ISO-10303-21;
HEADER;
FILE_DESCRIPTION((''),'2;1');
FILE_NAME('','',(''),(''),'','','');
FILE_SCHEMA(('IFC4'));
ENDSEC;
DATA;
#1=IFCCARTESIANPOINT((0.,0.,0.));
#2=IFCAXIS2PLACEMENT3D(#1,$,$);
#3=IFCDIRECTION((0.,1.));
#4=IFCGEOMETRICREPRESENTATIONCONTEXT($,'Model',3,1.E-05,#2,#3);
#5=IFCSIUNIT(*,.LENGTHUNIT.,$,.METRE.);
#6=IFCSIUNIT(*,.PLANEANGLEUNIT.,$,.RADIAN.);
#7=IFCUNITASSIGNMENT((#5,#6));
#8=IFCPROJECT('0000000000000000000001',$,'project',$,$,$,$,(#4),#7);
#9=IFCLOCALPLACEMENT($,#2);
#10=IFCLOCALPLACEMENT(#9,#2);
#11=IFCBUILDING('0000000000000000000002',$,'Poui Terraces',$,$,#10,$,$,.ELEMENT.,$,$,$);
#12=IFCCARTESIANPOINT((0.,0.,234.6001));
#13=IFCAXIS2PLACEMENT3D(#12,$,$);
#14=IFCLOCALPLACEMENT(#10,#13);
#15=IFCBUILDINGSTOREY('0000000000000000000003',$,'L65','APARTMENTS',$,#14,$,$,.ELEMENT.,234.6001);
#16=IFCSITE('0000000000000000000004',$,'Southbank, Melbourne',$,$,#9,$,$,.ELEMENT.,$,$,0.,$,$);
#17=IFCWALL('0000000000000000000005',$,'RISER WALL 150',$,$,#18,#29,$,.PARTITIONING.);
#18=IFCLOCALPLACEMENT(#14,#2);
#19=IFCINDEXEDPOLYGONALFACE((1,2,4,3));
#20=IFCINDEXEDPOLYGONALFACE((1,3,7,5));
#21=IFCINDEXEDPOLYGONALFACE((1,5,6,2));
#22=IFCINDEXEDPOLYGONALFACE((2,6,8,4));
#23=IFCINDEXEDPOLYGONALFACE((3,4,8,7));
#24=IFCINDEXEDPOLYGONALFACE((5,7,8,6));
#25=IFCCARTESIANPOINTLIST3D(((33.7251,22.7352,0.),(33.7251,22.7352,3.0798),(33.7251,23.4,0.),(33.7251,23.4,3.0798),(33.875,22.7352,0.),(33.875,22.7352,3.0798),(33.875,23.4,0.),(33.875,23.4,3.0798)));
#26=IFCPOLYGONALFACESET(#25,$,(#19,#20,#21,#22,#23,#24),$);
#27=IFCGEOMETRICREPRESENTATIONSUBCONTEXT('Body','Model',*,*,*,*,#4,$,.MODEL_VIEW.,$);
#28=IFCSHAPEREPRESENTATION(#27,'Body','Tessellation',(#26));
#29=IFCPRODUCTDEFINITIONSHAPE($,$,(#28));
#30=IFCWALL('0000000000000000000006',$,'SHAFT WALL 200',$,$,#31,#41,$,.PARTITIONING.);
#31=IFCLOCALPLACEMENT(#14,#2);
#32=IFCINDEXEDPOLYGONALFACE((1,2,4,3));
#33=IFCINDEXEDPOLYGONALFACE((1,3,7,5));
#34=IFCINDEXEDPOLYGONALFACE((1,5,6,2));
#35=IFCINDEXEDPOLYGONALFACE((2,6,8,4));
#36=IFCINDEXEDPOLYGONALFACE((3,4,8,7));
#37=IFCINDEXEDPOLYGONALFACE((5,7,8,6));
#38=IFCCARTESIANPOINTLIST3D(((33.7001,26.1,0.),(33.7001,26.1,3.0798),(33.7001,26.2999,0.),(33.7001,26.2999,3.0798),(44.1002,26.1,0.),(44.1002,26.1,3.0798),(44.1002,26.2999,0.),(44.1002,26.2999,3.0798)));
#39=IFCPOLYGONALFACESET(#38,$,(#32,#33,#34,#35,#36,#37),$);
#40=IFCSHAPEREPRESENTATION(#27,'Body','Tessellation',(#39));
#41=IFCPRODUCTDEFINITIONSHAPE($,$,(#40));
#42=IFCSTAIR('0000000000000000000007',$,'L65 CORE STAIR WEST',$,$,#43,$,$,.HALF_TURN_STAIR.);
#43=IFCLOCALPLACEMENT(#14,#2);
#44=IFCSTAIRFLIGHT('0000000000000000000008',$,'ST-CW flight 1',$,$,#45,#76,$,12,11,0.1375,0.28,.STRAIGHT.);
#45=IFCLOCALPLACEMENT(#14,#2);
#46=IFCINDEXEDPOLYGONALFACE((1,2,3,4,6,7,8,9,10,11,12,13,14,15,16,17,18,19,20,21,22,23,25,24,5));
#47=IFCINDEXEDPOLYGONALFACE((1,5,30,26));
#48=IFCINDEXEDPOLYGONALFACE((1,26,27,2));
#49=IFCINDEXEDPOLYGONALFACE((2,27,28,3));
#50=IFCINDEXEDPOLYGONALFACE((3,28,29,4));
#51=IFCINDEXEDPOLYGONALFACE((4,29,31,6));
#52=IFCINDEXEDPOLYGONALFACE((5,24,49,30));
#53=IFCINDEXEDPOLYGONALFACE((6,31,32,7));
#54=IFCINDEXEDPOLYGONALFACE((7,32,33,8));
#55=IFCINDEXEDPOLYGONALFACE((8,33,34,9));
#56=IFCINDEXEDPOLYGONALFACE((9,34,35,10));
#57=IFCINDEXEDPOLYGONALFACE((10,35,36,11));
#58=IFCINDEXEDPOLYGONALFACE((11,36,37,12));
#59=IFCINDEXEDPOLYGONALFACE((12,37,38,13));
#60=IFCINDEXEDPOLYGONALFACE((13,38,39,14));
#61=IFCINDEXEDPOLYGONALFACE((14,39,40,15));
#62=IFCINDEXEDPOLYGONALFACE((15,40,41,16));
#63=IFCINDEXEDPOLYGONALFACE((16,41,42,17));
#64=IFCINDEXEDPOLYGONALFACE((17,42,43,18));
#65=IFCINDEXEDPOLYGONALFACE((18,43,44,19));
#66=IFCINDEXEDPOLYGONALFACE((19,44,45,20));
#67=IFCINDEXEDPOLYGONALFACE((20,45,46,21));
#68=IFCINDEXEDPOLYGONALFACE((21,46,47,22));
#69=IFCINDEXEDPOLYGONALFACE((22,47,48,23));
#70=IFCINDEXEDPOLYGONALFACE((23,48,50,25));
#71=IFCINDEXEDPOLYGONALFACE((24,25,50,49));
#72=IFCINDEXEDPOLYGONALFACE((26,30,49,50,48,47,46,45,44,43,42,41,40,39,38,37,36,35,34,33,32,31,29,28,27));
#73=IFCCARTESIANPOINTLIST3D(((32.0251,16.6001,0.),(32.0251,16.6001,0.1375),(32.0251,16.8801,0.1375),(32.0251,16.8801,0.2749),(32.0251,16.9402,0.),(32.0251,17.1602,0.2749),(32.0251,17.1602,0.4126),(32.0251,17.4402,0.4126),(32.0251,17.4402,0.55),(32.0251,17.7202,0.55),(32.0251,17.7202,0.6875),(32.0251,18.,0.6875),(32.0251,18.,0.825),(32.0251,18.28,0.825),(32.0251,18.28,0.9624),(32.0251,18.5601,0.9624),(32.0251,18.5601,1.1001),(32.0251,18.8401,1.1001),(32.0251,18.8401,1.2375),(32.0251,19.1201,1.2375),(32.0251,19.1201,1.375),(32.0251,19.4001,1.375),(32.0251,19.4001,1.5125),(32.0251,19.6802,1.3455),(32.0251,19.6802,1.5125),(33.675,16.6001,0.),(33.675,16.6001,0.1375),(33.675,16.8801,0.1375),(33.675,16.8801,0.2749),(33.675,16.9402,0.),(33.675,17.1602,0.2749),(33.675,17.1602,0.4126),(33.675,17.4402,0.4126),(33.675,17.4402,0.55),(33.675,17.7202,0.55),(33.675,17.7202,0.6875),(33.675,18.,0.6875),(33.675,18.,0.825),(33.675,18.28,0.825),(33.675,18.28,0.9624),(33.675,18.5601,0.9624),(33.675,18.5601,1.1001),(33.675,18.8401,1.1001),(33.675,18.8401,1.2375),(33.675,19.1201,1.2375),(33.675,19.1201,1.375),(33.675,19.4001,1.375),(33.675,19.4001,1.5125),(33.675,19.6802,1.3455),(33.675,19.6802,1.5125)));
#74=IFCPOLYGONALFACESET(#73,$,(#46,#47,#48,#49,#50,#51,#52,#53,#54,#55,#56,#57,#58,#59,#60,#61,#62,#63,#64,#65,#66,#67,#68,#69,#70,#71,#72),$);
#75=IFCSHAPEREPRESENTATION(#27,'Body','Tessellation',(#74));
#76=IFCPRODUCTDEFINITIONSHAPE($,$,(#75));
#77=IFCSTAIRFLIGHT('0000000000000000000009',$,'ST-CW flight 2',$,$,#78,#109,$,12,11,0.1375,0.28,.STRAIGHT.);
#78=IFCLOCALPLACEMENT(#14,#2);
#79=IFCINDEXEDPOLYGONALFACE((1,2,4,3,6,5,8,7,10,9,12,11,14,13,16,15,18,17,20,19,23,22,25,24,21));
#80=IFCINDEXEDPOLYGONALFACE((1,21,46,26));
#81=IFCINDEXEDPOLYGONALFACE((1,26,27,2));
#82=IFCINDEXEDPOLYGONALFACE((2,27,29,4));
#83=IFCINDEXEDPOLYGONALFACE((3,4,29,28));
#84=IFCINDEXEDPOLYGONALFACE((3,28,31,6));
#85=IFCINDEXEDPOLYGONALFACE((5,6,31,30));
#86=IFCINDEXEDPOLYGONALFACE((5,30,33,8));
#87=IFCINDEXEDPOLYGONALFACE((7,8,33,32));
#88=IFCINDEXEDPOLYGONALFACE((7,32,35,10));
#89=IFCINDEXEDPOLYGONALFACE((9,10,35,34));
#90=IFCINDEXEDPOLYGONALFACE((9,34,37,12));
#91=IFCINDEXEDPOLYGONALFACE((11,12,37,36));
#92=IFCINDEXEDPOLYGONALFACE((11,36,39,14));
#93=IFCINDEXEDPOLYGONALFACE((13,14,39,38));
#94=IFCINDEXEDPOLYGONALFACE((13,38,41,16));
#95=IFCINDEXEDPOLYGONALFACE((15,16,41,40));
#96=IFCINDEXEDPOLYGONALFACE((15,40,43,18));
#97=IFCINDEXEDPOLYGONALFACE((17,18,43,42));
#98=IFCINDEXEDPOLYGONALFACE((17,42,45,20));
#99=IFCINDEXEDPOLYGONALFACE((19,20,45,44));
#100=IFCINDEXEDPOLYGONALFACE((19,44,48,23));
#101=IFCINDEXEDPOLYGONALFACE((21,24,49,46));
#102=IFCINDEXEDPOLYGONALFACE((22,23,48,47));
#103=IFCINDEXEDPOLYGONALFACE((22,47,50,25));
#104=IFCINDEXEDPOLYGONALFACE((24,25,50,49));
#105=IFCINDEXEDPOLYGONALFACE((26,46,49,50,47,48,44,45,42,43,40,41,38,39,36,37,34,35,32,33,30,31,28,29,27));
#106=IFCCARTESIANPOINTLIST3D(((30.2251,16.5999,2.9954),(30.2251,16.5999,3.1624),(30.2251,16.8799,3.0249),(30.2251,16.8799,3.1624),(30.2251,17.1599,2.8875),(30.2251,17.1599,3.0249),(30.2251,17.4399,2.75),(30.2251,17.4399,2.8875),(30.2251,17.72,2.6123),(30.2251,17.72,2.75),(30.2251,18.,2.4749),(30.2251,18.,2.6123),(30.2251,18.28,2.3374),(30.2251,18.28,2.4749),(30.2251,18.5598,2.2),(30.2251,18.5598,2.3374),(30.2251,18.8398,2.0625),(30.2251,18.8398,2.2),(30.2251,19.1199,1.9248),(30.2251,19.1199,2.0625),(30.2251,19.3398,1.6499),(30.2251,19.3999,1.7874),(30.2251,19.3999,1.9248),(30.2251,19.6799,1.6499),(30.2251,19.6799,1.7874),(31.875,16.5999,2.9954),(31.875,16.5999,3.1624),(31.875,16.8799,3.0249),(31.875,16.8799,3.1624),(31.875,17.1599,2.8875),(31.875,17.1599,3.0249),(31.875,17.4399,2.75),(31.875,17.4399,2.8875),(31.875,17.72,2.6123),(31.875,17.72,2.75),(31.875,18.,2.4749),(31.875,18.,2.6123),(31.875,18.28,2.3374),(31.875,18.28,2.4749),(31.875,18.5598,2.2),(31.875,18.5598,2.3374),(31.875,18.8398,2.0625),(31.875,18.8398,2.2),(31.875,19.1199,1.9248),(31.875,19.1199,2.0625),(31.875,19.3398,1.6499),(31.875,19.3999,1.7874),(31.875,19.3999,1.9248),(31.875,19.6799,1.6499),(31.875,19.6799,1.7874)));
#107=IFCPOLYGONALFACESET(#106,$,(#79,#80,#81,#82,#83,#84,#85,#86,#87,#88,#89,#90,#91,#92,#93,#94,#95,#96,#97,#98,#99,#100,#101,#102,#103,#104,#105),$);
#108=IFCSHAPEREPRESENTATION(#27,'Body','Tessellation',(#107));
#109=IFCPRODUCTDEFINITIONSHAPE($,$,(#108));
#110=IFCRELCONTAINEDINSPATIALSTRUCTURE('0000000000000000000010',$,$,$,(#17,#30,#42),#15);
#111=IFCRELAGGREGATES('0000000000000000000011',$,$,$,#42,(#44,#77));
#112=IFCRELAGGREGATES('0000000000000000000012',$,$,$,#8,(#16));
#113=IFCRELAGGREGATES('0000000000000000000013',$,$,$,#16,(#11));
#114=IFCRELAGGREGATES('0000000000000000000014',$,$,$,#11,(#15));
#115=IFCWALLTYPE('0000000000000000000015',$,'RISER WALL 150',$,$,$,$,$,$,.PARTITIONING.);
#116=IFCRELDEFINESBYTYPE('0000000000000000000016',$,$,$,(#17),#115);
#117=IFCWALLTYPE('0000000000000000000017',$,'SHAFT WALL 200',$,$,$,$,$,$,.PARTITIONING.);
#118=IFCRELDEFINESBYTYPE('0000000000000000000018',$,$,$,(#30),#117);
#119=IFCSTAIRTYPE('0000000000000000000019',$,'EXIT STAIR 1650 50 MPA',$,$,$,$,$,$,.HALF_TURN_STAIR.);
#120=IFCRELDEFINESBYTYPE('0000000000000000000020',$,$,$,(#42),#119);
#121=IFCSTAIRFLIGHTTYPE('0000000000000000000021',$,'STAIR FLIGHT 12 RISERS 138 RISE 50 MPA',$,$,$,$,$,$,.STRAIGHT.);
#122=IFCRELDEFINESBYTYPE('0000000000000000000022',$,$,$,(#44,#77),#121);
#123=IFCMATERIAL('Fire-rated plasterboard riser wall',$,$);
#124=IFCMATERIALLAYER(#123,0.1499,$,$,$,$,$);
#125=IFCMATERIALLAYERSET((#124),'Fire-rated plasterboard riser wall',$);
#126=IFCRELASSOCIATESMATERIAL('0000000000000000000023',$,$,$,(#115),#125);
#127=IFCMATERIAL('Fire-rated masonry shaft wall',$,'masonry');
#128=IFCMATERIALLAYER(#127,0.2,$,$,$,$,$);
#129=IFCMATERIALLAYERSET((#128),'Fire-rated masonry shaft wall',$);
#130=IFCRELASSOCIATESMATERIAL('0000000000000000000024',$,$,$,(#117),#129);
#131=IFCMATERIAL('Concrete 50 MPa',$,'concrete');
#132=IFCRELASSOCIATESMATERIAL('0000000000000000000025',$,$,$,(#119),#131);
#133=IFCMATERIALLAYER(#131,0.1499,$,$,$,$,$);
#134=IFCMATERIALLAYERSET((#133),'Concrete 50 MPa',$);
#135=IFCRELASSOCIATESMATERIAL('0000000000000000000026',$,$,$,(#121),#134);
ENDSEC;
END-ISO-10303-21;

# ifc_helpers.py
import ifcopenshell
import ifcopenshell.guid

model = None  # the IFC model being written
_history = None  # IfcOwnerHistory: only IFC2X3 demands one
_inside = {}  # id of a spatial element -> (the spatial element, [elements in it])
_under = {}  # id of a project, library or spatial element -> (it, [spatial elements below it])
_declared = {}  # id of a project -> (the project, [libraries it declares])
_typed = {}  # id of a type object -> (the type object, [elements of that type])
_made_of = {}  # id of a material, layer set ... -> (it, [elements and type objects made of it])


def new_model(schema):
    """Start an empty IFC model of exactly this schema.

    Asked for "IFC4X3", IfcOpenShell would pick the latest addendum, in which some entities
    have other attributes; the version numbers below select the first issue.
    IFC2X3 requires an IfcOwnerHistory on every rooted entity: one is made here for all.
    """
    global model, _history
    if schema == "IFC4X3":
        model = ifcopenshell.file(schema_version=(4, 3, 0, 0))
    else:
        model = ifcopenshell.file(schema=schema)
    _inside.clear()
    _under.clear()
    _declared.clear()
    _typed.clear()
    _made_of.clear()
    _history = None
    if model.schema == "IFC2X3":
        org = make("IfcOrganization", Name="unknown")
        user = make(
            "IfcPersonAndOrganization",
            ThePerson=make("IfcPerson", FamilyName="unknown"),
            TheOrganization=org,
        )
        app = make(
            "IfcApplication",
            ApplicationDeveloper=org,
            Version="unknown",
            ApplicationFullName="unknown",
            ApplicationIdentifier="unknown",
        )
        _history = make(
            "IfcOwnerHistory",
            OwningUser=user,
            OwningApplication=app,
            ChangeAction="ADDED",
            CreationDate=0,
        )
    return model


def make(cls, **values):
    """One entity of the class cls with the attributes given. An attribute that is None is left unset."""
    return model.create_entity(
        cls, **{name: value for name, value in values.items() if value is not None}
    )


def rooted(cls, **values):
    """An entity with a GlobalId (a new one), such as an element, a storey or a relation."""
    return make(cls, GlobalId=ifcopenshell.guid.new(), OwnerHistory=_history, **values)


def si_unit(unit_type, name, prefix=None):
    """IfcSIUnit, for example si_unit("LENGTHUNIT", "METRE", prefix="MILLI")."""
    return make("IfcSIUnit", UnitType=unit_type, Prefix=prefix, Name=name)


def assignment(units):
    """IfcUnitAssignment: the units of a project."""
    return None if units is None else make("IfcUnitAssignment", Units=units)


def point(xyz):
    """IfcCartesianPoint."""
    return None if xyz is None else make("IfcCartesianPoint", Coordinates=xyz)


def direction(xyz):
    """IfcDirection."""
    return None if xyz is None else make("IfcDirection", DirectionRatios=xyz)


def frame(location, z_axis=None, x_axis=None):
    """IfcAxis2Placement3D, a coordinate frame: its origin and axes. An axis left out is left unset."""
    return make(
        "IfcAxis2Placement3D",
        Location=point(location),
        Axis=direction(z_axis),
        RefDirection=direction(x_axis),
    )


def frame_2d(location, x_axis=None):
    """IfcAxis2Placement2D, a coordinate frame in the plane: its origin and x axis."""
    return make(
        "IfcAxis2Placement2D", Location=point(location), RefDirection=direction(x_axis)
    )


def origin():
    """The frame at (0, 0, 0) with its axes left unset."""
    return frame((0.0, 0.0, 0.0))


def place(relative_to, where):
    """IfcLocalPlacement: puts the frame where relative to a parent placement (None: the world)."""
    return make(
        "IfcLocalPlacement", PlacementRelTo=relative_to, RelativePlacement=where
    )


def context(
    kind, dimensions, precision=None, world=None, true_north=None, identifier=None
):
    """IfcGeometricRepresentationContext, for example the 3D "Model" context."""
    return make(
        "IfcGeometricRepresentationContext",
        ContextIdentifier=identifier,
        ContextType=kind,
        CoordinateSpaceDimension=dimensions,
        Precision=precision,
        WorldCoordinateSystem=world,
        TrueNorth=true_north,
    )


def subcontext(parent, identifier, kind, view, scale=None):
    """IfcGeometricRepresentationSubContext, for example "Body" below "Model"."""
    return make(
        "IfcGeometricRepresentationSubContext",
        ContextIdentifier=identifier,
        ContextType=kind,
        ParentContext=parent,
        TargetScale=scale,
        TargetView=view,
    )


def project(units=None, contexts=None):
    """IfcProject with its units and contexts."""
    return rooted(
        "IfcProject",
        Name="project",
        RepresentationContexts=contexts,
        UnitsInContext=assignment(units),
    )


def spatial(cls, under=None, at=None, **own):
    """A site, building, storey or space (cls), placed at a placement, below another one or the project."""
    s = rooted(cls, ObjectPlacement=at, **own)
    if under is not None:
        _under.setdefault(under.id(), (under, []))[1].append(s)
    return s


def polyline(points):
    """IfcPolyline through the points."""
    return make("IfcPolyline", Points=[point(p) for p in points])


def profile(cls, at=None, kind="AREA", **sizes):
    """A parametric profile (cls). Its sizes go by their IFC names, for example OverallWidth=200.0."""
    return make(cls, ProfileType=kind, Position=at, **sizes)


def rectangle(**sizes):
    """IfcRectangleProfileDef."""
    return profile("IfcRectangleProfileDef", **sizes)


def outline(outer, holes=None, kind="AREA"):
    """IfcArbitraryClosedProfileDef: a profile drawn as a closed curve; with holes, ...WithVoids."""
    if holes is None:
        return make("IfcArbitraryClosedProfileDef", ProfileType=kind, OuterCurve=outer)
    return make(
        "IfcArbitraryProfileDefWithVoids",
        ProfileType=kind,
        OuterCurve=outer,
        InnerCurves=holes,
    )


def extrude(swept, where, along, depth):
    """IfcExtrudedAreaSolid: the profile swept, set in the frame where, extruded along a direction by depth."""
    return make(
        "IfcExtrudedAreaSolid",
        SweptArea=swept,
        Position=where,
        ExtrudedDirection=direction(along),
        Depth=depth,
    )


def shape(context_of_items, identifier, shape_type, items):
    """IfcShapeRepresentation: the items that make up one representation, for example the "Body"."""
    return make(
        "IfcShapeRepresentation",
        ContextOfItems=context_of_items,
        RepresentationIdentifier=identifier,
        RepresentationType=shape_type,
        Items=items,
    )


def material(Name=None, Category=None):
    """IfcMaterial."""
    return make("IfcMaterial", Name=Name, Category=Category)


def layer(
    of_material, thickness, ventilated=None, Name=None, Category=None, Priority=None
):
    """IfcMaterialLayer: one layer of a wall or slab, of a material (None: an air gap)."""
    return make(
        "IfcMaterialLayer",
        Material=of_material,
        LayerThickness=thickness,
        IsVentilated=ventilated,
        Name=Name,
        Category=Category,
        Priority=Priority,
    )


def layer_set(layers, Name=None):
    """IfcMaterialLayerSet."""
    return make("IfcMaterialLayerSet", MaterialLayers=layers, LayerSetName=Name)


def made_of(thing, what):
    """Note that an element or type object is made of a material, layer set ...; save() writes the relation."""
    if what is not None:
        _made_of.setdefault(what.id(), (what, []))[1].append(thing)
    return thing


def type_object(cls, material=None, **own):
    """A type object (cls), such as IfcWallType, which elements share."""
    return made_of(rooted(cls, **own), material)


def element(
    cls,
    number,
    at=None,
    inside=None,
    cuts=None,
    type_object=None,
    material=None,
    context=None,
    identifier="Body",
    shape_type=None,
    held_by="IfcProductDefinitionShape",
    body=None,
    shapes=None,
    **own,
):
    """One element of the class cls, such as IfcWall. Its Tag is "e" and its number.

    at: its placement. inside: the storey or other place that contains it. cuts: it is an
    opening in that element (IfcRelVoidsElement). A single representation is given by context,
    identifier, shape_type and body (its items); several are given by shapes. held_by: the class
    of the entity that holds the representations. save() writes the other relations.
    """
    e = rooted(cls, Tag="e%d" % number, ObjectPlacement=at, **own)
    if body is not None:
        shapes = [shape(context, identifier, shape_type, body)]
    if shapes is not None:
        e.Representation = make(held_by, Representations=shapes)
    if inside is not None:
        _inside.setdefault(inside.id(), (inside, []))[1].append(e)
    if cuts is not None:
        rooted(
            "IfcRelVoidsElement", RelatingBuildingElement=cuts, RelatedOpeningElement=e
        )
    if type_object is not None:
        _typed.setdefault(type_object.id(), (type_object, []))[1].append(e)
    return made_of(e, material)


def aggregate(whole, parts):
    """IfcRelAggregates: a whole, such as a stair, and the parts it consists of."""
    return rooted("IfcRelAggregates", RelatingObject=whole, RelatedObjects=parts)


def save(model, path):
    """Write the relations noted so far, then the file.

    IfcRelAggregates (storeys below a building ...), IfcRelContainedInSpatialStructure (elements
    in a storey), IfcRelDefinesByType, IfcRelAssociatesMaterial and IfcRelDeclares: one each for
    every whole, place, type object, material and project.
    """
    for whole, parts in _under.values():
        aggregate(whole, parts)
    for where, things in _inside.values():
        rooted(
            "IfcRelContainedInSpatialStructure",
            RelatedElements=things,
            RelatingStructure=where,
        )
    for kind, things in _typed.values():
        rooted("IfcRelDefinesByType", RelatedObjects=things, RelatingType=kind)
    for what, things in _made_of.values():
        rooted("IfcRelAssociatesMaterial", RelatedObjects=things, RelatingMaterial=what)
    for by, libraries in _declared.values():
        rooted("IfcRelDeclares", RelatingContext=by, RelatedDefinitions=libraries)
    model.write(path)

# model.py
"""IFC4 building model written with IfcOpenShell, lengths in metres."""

from ifc_helpers import new_model, si_unit, direction, frame, frame_2d, origin, place, context, subcontext, project, spatial, polyline, rectangle, outline, extrude, material, layer, layer_set, type_object, element, aggregate, save


model = new_model("IFC4")

# Units and contexts
model_context = context("Model", 3, precision=1e-05, world=origin(), true_north=direction((0.0, 1.0)))
body_context = subcontext(model_context, "Body", "Model", "MODEL_VIEW")
ifc_project = project(units=[si_unit("LENGTHUNIT", "METRE"), si_unit("PLANEANGLEUNIT", "RADIAN")], contexts=[model_context])

# Site, building, storey
site_placement = place(None, origin())
site = spatial("IfcSite", under=ifc_project, at=site_placement, Name="Southbank, Melbourne", CompositionType="ELEMENT", RefElevation=0.0)
building_placement = place(site_placement, origin())
building = spatial("IfcBuilding", under=site, at=building_placement, Name="Poui Terraces", CompositionType="ELEMENT")
storey_placement = place(building_placement, frame((0.0, 0.0, 234.6001)))
storey = spatial("IfcBuildingStorey", under=building, at=storey_placement, Name="L65", Description="APARTMENTS", CompositionType="ELEMENT", Elevation=234.6001)

# Walls
ifc_material_1 = material(Name="Fire-rated plasterboard riser wall")
ifc_layer_1 = layer(ifc_material_1, 0.1499)
ifc_layer_set_1 = layer_set([ifc_layer_1], Name="Fire-rated plasterboard riser wall")
wall_type_1 = type_object("IfcWallType", Name="RISER WALL 150", PredefinedType="PARTITIONING", material=ifc_layer_set_1)
wall_1_placement = place(storey_placement, frame((33.8, 22.7351, 0.0), z_axis=(0.0, 0.0, 1.0), x_axis=(0.0, 1.0, 0.0)))
element("IfcWall", 1, at=wall_1_placement, inside=storey, type_object=wall_type_1, Name="RISER WALL 150", PredefinedType="PARTITIONING", context=body_context, shape_type="SweptSolid", body=[
    extrude(rectangle(XDim=0.6648, YDim=0.1499, at=frame_2d((0.3325, 0.0))), origin(), (0.0, 0.0, 1.0), 3.0798),
])
ifc_material_2 = material(Name="Fire-rated masonry shaft wall", Category="masonry")
ifc_layer_2 = layer(ifc_material_2, 0.2)
ifc_layer_set_2 = layer_set([ifc_layer_2], Name="Fire-rated masonry shaft wall")
wall_type_2 = type_object("IfcWallType", Name="SHAFT WALL 200", PredefinedType="PARTITIONING", material=ifc_layer_set_2)
wall_2_placement = place(storey_placement, frame((33.7, 26.2, 0.0), z_axis=(0.0, 0.0, 1.0), x_axis=(1.0, 0.0, 0.0)))
element("IfcWall", 2, at=wall_2_placement, inside=storey, type_object=wall_type_2, Name="SHAFT WALL 200", PredefinedType="PARTITIONING", context=body_context, shape_type="SweptSolid", body=[
    extrude(rectangle(XDim=10.4001, YDim=0.2, at=frame_2d((5.2002, 0.0))), origin(), (0.0, 0.0, 1.0), 3.0798),
])

# Stair, stair flights
ifc_material_3 = material(Name="Concrete 50 MPa", Category="concrete")
stair_type = type_object("IfcStairType", Name="EXIT STAIR 1650 50 MPA", PredefinedType="HALF_TURN_STAIR", material=ifc_material_3)
stair_placement = place(storey_placement, origin())
stair = element("IfcStair", 3, at=stair_placement, inside=storey, type_object=stair_type, Name="L65 CORE STAIR WEST", PredefinedType="HALF_TURN_STAIR")
ifc_layer_3 = layer(ifc_material_3, 0.1499)
ifc_layer_set_3 = layer_set([ifc_layer_3], Name="Concrete 50 MPa")
stair_flight_type = type_object("IfcStairFlightType", Name="STAIR FLIGHT 12 RISERS 138 RISE 50 MPA", PredefinedType="STRAIGHT", material=ifc_layer_set_3)
stair_flight_1_placement = place(storey_placement, frame((32.8501, 16.6001, 0.0), z_axis=(0.0, 0.0, 1.0), x_axis=(0.0, 1.0, 0.0)))
stair_flight_1 = element("IfcStairFlight", 4, at=stair_flight_1_placement, type_object=stair_flight_type, Name="ST-CW flight 1", NumberOfRisers=12, NumberOfTreads=11, PredefinedType="STRAIGHT", RiserHeight=0.1375, TreadLength=0.28, context=body_context, shape_type="SweptSolid", body=[
    extrude(outline(polyline([(0.0, 0.0), (0.0, 0.1375), (0.28, 0.1375), (0.28, 0.2749), (0.5601, 0.2749), (0.5601, 0.4126), (0.8401, 0.4126), (0.8401, 0.55), (1.1201, 0.55), (1.1201, 0.6875), (1.3999, 0.6875), (1.3999, 0.825), (1.6799, 0.825), (1.6799, 0.9624), (1.96, 0.9624), (1.96, 1.1001), (2.24, 1.1001), (2.24, 1.2375), (2.52, 1.2375), (2.52, 1.375), (2.8, 1.375), (2.8, 1.5125), (3.0801, 1.5125), (3.0801, 1.6499), (3.0801, 1.3455), (0.3401, 0.0), (0.0, 0.0)])), frame((0.0, 0.825, 0.0), z_axis=(0.0, -1.0, 0.0), x_axis=(1.0, 0.0, 0.0)), (0.0, 0.0, 1.0), 1.6499),
])
stair_flight_2_placement = place(storey_placement, frame((31.05, 19.6799, 1.6499), z_axis=(0.0, 0.0, 1.0), x_axis=(0.0, -1.0, 0.0)))
stair_flight_2 = element("IfcStairFlight", 5, at=stair_flight_2_placement, type_object=stair_flight_type, Name="ST-CW flight 2", NumberOfRisers=12, NumberOfTreads=11, PredefinedType="STRAIGHT", RiserHeight=0.1375, TreadLength=0.28, context=body_context, shape_type="SweptSolid", body=[
    extrude(outline(polyline([(0.0, 0.0), (0.0, 0.1375), (0.28, 0.1375), (0.28, 0.2749), (0.5601, 0.2749), (0.5601, 0.4126), (0.8401, 0.4126), (0.8401, 0.55), (1.1201, 0.55), (1.1201, 0.6875), (1.3999, 0.6875), (1.3999, 0.825), (1.6799, 0.825), (1.6799, 0.9624), (1.96, 0.9624), (1.96, 1.1001), (2.24, 1.1001), (2.24, 1.2375), (2.52, 1.2375), (2.52, 1.375), (2.8, 1.375), (2.8, 1.5125), (3.0801, 1.5125), (3.0801, 1.6499), (3.0801, 1.3455), (0.3401, 0.0), (0.0, 0.0)])), frame((0.0, 0.825, 0.0), z_axis=(0.0, -1.0, 0.0), x_axis=(1.0, 0.0, 0.0)), (0.0, 0.0, 1.0), 1.6499),
])
aggregate(stair, [stair_flight_1, stair_flight_2])

save(model, "model.ifc")
